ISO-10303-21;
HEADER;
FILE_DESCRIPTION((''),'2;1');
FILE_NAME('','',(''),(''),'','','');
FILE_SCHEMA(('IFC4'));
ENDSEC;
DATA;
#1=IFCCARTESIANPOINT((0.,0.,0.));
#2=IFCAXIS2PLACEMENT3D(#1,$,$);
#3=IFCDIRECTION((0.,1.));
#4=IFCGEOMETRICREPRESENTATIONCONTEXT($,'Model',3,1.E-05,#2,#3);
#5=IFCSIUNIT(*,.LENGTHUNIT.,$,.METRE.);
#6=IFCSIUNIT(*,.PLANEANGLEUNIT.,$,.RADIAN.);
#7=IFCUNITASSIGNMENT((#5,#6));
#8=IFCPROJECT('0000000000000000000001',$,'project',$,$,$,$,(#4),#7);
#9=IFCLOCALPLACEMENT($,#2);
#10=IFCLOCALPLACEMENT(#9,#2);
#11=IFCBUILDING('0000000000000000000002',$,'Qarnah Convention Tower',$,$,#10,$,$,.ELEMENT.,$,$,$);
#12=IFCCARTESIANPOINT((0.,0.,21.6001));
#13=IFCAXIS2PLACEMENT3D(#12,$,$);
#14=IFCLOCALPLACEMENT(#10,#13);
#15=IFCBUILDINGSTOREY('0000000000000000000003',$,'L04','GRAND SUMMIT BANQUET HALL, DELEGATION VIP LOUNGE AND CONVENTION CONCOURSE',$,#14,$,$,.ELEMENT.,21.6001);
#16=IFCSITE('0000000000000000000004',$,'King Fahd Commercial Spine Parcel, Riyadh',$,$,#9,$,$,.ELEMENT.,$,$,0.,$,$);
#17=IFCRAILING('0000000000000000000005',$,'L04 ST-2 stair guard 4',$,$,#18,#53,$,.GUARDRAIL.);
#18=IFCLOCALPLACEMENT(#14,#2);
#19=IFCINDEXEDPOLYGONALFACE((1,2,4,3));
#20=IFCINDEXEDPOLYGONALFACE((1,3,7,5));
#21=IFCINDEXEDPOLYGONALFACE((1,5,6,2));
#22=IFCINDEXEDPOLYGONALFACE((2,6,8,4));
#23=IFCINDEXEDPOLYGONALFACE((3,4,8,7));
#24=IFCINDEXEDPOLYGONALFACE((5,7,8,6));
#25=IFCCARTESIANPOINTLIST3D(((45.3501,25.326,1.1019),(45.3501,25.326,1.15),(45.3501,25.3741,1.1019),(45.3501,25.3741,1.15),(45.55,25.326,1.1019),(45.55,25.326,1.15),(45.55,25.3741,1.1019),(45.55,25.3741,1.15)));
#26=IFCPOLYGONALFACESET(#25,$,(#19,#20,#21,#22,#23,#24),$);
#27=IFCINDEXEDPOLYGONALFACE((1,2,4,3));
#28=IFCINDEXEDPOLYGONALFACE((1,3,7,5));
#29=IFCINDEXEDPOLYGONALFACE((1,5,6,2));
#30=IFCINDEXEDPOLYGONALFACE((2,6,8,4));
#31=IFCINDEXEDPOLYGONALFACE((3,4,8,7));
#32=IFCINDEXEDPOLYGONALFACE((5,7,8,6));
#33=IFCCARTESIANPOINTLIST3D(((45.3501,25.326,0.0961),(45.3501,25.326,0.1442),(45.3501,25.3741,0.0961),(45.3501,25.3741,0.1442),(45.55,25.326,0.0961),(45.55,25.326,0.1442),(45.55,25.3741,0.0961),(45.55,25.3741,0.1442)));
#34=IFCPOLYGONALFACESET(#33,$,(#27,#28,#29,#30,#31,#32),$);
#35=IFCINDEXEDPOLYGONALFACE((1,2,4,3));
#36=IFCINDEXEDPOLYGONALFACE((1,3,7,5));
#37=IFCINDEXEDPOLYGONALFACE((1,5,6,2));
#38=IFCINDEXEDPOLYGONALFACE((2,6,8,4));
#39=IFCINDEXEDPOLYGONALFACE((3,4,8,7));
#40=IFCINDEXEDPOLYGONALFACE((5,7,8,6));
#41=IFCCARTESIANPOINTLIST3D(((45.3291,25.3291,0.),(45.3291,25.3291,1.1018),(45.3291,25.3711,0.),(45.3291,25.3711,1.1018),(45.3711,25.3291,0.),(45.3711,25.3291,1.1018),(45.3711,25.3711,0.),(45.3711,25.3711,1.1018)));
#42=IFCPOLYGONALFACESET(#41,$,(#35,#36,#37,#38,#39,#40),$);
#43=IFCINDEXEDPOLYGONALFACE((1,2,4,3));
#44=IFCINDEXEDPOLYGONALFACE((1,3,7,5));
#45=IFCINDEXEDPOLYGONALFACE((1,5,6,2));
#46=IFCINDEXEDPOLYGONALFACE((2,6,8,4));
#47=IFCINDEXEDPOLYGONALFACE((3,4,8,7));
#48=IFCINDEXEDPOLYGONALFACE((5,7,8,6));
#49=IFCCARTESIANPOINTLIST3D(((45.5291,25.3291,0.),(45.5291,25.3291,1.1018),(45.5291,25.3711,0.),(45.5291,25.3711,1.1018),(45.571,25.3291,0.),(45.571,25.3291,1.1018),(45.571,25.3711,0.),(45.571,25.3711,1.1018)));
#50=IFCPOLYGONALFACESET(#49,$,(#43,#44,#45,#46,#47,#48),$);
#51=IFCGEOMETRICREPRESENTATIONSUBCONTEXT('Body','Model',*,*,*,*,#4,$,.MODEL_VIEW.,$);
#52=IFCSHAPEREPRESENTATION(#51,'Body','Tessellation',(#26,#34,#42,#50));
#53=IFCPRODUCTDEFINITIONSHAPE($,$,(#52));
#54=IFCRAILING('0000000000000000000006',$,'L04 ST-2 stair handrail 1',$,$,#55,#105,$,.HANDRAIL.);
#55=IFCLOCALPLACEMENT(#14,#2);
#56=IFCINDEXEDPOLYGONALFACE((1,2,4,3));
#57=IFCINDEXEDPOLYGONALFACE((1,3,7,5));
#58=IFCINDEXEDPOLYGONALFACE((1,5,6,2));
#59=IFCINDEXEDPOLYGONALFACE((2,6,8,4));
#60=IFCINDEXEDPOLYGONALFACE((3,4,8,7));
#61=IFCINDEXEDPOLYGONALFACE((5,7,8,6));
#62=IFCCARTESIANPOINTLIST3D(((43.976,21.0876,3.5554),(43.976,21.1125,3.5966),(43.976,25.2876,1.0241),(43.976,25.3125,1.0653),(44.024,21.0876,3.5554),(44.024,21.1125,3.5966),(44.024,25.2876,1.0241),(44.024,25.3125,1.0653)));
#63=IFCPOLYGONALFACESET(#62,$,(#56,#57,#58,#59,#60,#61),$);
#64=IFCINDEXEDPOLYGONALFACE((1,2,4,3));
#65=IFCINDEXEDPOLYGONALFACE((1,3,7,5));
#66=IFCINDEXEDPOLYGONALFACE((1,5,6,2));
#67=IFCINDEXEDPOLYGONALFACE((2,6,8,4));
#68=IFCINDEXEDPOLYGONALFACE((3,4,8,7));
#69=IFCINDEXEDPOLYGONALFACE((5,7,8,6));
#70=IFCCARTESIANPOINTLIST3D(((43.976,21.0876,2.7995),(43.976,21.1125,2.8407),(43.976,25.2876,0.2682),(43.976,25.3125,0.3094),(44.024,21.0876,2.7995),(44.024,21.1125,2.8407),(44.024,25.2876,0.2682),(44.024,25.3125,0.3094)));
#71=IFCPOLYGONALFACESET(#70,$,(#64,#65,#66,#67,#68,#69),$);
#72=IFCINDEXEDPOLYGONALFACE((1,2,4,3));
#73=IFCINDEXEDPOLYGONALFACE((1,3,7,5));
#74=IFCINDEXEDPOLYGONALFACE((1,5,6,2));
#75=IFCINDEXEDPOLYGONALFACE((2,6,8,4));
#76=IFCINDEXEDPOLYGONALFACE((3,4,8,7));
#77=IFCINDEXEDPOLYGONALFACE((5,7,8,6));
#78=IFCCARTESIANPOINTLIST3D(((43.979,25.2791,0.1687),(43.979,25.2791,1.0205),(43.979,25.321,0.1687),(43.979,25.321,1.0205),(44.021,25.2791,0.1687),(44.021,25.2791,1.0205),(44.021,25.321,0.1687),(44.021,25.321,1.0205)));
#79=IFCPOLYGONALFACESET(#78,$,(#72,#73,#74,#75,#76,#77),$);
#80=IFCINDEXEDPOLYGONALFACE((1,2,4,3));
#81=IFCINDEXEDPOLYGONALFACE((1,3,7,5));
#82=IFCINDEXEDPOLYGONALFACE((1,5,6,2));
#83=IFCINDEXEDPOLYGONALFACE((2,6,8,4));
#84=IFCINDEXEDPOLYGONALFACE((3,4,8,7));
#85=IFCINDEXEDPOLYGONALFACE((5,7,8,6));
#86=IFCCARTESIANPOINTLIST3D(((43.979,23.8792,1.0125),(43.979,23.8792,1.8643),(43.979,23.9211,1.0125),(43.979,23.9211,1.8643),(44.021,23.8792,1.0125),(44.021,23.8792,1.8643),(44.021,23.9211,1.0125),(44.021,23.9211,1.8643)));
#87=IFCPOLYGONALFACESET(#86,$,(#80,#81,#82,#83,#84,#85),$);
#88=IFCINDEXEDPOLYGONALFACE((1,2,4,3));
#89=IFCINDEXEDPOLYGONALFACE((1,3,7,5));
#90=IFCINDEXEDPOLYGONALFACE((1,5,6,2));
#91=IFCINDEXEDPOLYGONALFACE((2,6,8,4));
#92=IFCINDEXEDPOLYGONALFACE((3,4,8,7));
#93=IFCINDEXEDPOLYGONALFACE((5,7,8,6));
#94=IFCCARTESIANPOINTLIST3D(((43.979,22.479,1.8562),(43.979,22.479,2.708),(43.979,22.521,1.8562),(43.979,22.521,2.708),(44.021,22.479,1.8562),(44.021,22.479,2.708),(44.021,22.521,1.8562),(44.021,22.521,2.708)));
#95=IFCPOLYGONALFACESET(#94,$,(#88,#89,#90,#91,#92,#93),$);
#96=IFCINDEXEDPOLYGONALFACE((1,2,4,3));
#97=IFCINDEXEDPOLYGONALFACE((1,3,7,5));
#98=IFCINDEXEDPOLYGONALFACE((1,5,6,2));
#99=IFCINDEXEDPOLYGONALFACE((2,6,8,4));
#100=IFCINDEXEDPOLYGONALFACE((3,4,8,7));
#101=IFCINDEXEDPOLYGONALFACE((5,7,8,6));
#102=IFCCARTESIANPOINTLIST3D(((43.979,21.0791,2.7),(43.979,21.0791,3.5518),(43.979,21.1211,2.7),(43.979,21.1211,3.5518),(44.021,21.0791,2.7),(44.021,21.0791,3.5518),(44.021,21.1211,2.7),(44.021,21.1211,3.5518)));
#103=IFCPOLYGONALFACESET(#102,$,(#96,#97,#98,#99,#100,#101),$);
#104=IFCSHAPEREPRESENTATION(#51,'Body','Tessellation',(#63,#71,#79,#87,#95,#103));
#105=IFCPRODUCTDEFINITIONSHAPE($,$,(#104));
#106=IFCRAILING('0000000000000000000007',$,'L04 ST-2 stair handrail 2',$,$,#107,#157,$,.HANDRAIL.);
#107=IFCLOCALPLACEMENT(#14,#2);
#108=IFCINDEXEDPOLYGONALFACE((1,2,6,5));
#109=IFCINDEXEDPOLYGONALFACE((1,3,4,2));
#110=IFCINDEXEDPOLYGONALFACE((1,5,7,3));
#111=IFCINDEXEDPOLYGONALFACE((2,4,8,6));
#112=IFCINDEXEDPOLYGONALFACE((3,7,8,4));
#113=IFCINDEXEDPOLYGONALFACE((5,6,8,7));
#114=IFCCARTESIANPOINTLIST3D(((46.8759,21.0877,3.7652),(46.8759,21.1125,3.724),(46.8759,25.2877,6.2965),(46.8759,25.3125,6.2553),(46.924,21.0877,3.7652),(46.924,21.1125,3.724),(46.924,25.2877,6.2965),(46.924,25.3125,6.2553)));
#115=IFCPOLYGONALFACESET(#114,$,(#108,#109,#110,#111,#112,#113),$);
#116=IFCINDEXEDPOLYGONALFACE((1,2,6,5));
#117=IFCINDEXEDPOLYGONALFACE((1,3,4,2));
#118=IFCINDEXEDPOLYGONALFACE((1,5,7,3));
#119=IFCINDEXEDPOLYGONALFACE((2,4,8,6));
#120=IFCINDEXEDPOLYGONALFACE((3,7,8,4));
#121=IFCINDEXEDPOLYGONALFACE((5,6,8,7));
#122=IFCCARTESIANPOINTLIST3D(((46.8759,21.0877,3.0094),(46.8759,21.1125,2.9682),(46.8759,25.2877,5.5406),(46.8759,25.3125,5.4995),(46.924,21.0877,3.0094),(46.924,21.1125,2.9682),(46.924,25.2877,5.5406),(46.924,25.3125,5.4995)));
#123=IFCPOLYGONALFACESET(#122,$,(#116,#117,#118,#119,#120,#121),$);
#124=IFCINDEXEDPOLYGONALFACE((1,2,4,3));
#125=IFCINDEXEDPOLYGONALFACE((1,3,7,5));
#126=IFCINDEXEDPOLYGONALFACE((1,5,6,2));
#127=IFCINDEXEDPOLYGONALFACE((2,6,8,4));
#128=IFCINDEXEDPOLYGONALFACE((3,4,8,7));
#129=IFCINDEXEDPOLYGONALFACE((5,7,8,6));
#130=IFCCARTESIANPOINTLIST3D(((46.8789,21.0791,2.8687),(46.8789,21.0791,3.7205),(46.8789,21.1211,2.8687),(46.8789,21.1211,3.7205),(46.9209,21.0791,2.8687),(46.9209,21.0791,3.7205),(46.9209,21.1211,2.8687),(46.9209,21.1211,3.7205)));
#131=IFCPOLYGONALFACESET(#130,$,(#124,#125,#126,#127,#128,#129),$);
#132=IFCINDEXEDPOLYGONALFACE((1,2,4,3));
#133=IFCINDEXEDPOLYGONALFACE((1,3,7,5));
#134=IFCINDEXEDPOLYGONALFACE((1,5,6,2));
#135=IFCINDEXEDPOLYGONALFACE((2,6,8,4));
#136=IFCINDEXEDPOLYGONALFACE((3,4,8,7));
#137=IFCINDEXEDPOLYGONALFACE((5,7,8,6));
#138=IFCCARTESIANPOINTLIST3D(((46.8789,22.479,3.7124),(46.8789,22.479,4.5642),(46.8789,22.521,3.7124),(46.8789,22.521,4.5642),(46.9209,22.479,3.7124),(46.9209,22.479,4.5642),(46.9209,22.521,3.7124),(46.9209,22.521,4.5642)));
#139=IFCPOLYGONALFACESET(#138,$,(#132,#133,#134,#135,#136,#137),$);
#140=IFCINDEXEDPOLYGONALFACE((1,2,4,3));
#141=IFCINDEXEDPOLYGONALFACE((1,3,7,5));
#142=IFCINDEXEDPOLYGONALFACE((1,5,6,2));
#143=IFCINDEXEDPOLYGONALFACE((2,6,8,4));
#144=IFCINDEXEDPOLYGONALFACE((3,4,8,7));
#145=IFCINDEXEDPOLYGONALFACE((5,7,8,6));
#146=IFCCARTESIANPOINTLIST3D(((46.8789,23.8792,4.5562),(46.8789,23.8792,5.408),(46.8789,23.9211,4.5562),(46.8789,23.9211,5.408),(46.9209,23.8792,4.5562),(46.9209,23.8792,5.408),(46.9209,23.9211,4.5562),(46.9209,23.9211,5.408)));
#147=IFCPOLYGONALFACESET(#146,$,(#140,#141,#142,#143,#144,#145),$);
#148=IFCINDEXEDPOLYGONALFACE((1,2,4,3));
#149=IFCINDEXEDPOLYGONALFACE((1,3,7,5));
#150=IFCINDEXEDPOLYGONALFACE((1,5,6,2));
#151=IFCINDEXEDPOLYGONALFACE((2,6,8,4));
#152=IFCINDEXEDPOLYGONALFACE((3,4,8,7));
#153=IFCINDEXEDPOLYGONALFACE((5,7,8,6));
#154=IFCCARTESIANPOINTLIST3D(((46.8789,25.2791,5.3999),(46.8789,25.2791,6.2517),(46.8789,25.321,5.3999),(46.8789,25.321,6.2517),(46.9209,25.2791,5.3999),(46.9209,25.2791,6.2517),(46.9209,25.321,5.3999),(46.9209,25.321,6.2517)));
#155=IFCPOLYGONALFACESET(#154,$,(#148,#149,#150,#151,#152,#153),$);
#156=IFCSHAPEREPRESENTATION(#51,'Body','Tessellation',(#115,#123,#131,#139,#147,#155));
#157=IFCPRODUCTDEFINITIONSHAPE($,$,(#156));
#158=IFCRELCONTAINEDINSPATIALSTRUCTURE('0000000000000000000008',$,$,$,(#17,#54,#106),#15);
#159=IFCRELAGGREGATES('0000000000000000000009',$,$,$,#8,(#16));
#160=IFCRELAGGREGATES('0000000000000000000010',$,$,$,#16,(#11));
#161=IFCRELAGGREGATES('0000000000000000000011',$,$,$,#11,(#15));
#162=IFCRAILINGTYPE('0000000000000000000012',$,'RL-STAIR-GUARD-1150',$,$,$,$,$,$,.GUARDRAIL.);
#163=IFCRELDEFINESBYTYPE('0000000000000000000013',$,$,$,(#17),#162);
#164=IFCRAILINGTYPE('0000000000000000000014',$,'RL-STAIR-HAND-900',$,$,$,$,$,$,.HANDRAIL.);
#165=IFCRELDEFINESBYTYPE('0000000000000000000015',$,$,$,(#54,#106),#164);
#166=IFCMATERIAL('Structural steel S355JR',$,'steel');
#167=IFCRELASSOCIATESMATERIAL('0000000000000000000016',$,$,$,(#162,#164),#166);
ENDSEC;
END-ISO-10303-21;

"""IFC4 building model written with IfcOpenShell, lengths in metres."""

from ifc_helpers import new_model, si_unit, direction, frame, origin, origin_2d, place, context, subcontext, project, spatial, rectangle, extrude, material, type_object, element, save


model = new_model("IFC4")

# Units and contexts
model_context = context("Model", 3, precision=1e-05, world=origin(), true_north=direction((0.0, 1.0)))
body_context = subcontext(model_context, "Body", "Model", "MODEL_VIEW")
ifc_project = project(units=[si_unit("LENGTHUNIT", "METRE"), si_unit("PLANEANGLEUNIT", "RADIAN")], contexts=[model_context])

# Site, building, storey
site_placement = place(None, origin())
site = spatial("IfcSite", under=ifc_project, at=site_placement, Name="King Fahd Commercial Spine Parcel, Riyadh", CompositionType="ELEMENT", RefElevation=0.0)
building_placement = place(site_placement, origin())
building = spatial("IfcBuilding", under=site, at=building_placement, Name="Qarnah Convention Tower", CompositionType="ELEMENT")
storey_placement = place(building_placement, frame((0.0, 0.0, 21.6001)))
storey = spatial("IfcBuildingStorey", under=building, at=storey_placement, Name="L04", Description="GRAND SUMMIT BANQUET HALL, DELEGATION VIP LOUNGE AND CONVENTION CONCOURSE", CompositionType="ELEMENT", Elevation=21.6001)

# Shared definitions
ifc_material_1 = material(Name="Structural steel S355JR", Category="steel")

# Railings
railing_type_1 = type_object("IfcRailingType", Name="RL-STAIR-GUARD-1150", PredefinedType="GUARDRAIL", material=ifc_material_1)
railing_1_placement = place(storey_placement, frame((45.3501, 25.3501, 0.0)))
element("IfcRailing", 1, at=railing_1_placement, inside=storey, type_object=railing_type_1, Name="L04 ST-2 stair guard 4", PredefinedType="GUARDRAIL", context=body_context, shape_type="SweptSolid", body=[
    extrude(rectangle(XDim=0.0481, YDim=0.0481, at=origin_2d()), frame((0.0, 0.0, 1.126), z_axis=(1.0, 0.0, 0.0), x_axis=(0.0, 1.0, 0.0)), (0.0, 0.0, 1.0), 0.2),
    extrude(rectangle(XDim=0.0481, YDim=0.0481, at=origin_2d()), frame((0.0, 0.0, 0.1201), z_axis=(1.0, 0.0, 0.0), x_axis=(0.0, 1.0, 0.0)), (0.0, 0.0, 1.0), 0.2),
    extrude(rectangle(XDim=0.042, YDim=0.042, at=origin_2d()), origin(), (0.0, 0.0, 1.0), 1.1018),
    extrude(rectangle(XDim=0.042, YDim=0.042, at=origin_2d()), frame((0.2, 0.0, 0.0)), (0.0, 0.0, 1.0), 1.1018),
])
railing_type_2 = type_object("IfcRailingType", Name="RL-STAIR-HAND-900", PredefinedType="HANDRAIL", material=ifc_material_1)
railing_2_placement = place(storey_placement, frame((44.0, 25.3, 0.1687)))
element("IfcRailing", 2, at=railing_2_placement, inside=storey, type_object=railing_type_2, Name="L04 ST-2 stair handrail 1", PredefinedType="HANDRAIL", context=body_context, shape_type="SweptSolid", body=[
    extrude(rectangle(XDim=0.0481, YDim=0.0481, at=origin_2d()), frame((0.0, 0.0, 0.876), z_axis=(0.0, -0.856476, 0.516186), x_axis=(1.0, 0.0, 0.0)), (0.0, 0.0, 1.0), 4.9038),
    extrude(rectangle(XDim=0.0481, YDim=0.0481, at=origin_2d()), frame((0.0, 0.0, 0.1201), z_axis=(0.0, -0.856476, 0.516186), x_axis=(1.0, 0.0, 0.0)), (0.0, 0.0, 1.0), 4.9038),
    extrude(rectangle(XDim=0.042, YDim=0.042, at=origin_2d()), origin(), (0.0, 0.0, 1.0), 0.8518),
    extrude(rectangle(XDim=0.042, YDim=0.042, at=origin_2d()), frame((0.0, -1.3999, 0.8438)), (0.0, 0.0, 1.0), 0.8518),
    extrude(rectangle(XDim=0.042, YDim=0.042, at=origin_2d()), frame((0.0, -2.8, 1.6875)), (0.0, 0.0, 1.0), 0.8518),
    extrude(rectangle(XDim=0.042, YDim=0.042, at=origin_2d()), frame((0.0, -4.2, 2.5312)), (0.0, 0.0, 1.0), 0.8518),
])
railing_3_placement = place(storey_placement, frame((46.8999, 21.1001, 2.8687)))
element("IfcRailing", 3, at=railing_3_placement, inside=storey, type_object=railing_type_2, Name="L04 ST-2 stair handrail 2", PredefinedType="HANDRAIL", context=body_context, shape_type="SweptSolid", body=[
    extrude(rectangle(XDim=0.0481, YDim=0.0481, at=origin_2d()), frame((0.0, 0.0, 0.876), z_axis=(0.0, 0.856476, 0.516186), x_axis=(-1.0, 0.0, 0.0)), (0.0, 0.0, 1.0), 4.9038),
    extrude(rectangle(XDim=0.0481, YDim=0.0481, at=origin_2d()), frame((0.0, 0.0, 0.1201), z_axis=(0.0, 0.856476, 0.516186), x_axis=(-1.0, 0.0, 0.0)), (0.0, 0.0, 1.0), 4.9038),
    extrude(rectangle(XDim=0.042, YDim=0.042, at=origin_2d()), origin(), (0.0, 0.0, 1.0), 0.8518),
    extrude(rectangle(XDim=0.042, YDim=0.042, at=origin_2d()), frame((0.0, 1.3999, 0.8438)), (0.0, 0.0, 1.0), 0.8518),
    extrude(rectangle(XDim=0.042, YDim=0.042, at=origin_2d()), frame((0.0, 2.8, 1.6875)), (0.0, 0.0, 1.0), 0.8518),
    extrude(rectangle(XDim=0.042, YDim=0.042, at=origin_2d()), frame((0.0, 4.2, 2.5312)), (0.0, 0.0, 1.0), 0.8518),
])

save(model, "model.ifc")
